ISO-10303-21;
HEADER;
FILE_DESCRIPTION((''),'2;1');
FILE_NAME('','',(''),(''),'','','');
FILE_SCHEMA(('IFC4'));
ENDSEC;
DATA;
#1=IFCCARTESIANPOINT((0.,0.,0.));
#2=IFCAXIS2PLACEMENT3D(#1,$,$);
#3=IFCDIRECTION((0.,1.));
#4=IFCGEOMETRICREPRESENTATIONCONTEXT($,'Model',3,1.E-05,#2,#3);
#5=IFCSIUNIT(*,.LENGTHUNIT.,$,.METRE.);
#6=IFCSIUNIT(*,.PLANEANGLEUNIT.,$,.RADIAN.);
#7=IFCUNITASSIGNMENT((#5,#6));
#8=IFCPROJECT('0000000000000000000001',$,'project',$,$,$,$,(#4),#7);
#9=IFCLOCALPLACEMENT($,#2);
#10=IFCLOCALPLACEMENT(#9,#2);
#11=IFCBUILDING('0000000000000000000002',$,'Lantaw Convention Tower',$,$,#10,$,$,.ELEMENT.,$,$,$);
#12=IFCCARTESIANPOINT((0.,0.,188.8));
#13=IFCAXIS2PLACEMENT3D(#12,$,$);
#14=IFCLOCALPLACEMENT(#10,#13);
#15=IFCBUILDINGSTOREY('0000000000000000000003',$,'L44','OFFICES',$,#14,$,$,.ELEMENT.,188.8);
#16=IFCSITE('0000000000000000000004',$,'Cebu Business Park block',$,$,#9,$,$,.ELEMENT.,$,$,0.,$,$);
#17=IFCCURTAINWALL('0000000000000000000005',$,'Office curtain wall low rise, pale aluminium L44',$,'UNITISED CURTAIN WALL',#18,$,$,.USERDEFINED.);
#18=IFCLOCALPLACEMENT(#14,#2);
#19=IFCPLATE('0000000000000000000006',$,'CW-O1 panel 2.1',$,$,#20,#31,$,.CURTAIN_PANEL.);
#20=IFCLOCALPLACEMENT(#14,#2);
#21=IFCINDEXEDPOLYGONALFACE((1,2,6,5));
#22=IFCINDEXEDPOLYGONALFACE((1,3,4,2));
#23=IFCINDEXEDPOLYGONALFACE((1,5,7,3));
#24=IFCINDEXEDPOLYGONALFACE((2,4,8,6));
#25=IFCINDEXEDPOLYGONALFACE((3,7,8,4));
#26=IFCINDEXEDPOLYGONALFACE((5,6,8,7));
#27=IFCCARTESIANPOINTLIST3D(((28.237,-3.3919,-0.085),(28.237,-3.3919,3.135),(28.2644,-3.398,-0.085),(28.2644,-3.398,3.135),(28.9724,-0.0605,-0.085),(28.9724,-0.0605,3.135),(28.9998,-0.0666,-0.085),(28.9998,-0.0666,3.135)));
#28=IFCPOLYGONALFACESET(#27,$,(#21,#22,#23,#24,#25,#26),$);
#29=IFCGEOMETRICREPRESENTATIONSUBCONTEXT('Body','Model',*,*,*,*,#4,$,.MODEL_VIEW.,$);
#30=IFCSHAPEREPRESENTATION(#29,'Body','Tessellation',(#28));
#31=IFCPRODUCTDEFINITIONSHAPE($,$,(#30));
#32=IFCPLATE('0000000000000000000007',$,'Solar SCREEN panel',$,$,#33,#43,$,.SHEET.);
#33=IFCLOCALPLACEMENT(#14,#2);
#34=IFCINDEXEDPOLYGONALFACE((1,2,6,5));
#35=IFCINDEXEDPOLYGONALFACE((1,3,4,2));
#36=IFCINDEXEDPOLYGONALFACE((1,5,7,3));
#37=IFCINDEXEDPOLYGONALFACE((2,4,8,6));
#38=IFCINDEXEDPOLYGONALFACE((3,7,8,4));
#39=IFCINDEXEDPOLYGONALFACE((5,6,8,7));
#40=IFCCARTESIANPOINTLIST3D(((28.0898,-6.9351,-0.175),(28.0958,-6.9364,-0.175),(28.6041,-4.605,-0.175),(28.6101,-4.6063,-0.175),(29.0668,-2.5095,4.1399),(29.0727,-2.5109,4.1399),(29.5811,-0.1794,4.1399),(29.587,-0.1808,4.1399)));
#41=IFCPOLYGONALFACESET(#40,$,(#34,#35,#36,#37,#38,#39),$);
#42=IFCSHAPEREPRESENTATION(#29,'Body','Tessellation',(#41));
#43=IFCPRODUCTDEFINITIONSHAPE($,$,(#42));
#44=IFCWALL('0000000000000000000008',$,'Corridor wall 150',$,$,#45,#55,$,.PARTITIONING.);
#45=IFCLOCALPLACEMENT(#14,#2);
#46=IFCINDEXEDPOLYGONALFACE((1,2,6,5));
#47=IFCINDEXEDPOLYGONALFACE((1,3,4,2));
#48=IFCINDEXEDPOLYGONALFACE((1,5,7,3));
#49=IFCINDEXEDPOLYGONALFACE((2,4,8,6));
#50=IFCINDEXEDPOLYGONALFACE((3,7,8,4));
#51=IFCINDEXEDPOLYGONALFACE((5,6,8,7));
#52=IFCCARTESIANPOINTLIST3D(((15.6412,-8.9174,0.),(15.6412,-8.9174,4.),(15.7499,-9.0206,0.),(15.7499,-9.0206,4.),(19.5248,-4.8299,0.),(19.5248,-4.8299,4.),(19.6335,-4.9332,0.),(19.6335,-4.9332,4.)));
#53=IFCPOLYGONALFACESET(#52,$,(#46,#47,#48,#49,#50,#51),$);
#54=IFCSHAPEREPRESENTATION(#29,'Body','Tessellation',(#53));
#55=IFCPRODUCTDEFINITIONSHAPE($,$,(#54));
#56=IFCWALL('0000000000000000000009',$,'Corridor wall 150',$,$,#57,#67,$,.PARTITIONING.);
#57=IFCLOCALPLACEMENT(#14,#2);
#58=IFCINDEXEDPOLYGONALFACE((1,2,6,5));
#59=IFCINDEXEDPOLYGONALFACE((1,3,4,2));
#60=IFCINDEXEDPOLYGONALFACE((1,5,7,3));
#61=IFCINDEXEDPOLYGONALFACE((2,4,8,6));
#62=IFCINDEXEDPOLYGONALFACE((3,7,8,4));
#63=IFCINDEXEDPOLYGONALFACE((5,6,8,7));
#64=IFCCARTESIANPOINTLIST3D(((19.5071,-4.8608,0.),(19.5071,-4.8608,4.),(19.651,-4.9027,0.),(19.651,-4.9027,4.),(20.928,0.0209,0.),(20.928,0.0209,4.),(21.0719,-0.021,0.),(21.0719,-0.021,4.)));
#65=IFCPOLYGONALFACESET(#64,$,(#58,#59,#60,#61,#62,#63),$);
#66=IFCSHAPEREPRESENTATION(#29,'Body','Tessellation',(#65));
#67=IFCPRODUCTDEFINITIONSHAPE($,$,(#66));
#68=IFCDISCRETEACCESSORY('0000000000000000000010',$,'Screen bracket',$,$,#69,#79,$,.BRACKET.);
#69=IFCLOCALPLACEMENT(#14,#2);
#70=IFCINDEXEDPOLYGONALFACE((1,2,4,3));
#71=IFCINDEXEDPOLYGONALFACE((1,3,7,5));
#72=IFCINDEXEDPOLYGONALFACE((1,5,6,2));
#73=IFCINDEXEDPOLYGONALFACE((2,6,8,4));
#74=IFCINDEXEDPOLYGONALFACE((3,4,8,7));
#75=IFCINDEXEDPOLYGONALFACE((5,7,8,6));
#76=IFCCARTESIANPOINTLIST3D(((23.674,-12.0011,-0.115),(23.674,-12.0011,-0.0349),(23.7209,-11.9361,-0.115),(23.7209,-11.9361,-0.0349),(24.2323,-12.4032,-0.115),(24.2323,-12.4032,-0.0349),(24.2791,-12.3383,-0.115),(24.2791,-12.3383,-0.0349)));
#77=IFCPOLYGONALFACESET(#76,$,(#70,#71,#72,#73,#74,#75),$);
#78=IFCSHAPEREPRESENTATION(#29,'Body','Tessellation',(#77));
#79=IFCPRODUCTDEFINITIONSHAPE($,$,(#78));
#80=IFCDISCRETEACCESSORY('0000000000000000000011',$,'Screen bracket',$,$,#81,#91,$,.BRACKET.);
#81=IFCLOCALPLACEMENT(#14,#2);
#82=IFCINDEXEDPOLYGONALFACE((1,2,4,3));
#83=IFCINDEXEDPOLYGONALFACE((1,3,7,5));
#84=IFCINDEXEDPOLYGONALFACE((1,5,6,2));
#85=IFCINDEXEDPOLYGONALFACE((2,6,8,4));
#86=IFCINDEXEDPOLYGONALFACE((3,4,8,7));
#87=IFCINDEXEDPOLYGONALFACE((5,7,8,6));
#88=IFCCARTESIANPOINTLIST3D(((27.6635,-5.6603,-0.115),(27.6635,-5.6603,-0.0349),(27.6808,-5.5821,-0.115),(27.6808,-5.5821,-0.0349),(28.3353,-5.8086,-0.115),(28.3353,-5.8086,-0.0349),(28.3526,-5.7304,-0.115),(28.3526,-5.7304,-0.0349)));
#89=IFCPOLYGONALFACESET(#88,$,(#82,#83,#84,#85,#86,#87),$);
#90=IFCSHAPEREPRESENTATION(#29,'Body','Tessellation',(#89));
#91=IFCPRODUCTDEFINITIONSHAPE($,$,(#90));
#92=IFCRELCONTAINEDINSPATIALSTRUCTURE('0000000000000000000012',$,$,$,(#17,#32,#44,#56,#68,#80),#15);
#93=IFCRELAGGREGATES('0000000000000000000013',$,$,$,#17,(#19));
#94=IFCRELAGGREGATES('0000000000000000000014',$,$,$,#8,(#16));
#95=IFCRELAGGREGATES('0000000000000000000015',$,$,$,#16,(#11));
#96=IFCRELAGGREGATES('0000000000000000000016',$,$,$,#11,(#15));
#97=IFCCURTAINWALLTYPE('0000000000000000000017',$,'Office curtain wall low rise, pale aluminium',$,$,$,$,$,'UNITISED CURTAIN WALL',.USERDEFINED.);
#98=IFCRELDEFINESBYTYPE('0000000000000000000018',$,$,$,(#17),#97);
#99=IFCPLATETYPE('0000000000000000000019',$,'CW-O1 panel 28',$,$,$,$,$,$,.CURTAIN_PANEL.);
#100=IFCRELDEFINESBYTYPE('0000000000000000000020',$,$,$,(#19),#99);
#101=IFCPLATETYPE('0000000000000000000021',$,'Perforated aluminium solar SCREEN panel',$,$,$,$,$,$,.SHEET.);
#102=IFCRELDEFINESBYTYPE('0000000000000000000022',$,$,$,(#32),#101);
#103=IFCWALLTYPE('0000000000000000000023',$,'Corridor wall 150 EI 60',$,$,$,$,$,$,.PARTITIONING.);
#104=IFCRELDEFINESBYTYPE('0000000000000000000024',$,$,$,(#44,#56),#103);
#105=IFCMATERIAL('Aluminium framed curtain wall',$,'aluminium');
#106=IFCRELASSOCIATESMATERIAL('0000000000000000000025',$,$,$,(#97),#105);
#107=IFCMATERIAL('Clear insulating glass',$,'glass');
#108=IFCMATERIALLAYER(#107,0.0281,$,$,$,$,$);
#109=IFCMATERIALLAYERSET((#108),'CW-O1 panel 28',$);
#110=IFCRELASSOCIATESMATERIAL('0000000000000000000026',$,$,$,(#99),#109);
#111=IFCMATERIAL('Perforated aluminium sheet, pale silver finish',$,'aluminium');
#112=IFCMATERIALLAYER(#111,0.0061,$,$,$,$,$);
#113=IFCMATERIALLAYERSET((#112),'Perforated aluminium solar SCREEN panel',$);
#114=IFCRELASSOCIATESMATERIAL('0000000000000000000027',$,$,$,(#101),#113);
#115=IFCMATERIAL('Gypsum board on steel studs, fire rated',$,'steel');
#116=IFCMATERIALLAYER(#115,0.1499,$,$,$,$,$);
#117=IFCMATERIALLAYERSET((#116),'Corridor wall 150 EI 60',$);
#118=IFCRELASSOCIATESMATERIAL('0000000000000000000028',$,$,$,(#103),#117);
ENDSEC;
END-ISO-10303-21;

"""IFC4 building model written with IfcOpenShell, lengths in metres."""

from ifc_helpers import new_model, si_unit, direction, frame, frame_2d, origin, origin_2d, place, context, subcontext, project, spatial, polyline, rectangle, outline, extrude, material, layer, layer_set, type_object, element, aggregate, save


model = new_model("IFC4")

# Units and contexts
model_context = context("Model", 3, precision=1e-05, world=origin(), true_north=direction((0.0, 1.0)))
body_context = subcontext(model_context, "Body", "Model", "MODEL_VIEW")
ifc_project = project(units=[si_unit("LENGTHUNIT", "METRE"), si_unit("PLANEANGLEUNIT", "RADIAN")], contexts=[model_context])

# Site, building, storey
site_placement = place(None, origin())
site = spatial("IfcSite", under=ifc_project, at=site_placement, Name="Cebu Business Park block", CompositionType="ELEMENT", RefElevation=0.0)
building_placement = place(site_placement, origin())
building = spatial("IfcBuilding", under=site, at=building_placement, Name="Lantaw Convention Tower", CompositionType="ELEMENT")
storey_placement = place(building_placement, frame((0.0, 0.0, 188.8)))
storey = spatial("IfcBuildingStorey", under=building, at=storey_placement, Name="L44", Description="OFFICES", CompositionType="ELEMENT", Elevation=188.8)

# Curtain wall
ifc_material_1 = material(Name="Aluminium framed curtain wall", Category="aluminium")
curtain_wall_type = type_object("IfcCurtainWallType", Name="Office curtain wall low rise, pale aluminium", ElementType="UNITISED CURTAIN WALL", PredefinedType="USERDEFINED", material=ifc_material_1)
curtain_wall_1_placement = place(storey_placement, origin())
curtain_wall_1 = element("IfcCurtainWall", 1, at=curtain_wall_1_placement, inside=storey, type_object=curtain_wall_type, Name="Office curtain wall low rise, pale aluminium L44", ObjectType="UNITISED CURTAIN WALL", PredefinedType="USERDEFINED")

# Plates
ifc_material_2 = material(Name="Clear insulating glass", Category="glass")
ifc_layer_1 = layer(ifc_material_2, 0.0281)
ifc_layer_set_1 = layer_set([ifc_layer_1], Name="CW-O1 panel 28")
plate_type_1 = type_object("IfcPlateType", Name="CW-O1 panel 28", PredefinedType="CURTAIN_PANEL", material=ifc_layer_set_1)
plate_1_placement = place(storey_placement, frame((28.6184, -1.7292, -0.085), z_axis=(0.0, 0.0, 1.0), x_axis=(0.215546, 0.976494, 0.0)))
plate_1 = element("IfcPlate", 2, at=plate_1_placement, type_object=plate_type_1, Name="CW-O1 panel 2.1", PredefinedType="CURTAIN_PANEL", context=body_context, shape_type="SweptSolid", body=[
    extrude(rectangle(XDim=3.4116, YDim=0.0281, at=origin_2d()), origin(), (0.0, 0.0, 1.0), 3.22),
])
aggregate(curtain_wall_1, [plate_1])
ifc_material_3 = material(Name="Perforated aluminium sheet, pale silver finish", Category="aluminium")
ifc_layer_2 = layer(ifc_material_3, 0.0061)
ifc_layer_set_2 = layer_set([ifc_layer_2], Name="Perforated aluminium solar SCREEN panel")
plate_type_2 = type_object("IfcPlateType", Name="Perforated aluminium solar SCREEN panel", PredefinedType="SHEET", material=ifc_layer_set_2)
plate_2_placement = place(storey_placement, frame((28.0898, -6.9351, -0.175), z_axis=(-0.976498, 0.215527, 0.000034), x_axis=(0.215527, 0.976498, 0.0)))
element("IfcPlate", 3, at=plate_2_placement, inside=storey, type_object=plate_type_2, Name="Solar SCREEN panel", PredefinedType="SHEET", context=body_context, shape_type="SweptSolid", body=[
    extrude(outline(polyline([(0.0, 0.0), (2.3861, 0.0), (6.9182, -4.3149), (4.5321, -4.3149), (0.0, 0.0)])), origin(), (0.0, 0.0, -1.0), 0.0061),
])

# Walls
ifc_material_4 = material(Name="Gypsum board on steel studs, fire rated", Category="steel")
ifc_layer_3 = layer(ifc_material_4, 0.1499)
ifc_layer_set_3 = layer_set([ifc_layer_3], Name="Corridor wall 150 EI 60")
wall_type = type_object("IfcWallType", Name="Corridor wall 150 EI 60", PredefinedType="PARTITIONING", material=ifc_layer_set_3)
wall_1_placement = place(storey_placement, frame((15.6956, -8.969, 0.0), z_axis=(0.0, 0.0, 1.0), x_axis=(0.688797, 0.724954, 0.0)))
element("IfcWall", 4, at=wall_1_placement, inside=storey, type_object=wall_type, Name="Corridor wall 150", PredefinedType="PARTITIONING", context=body_context, shape_type="SweptSolid", body=[
    extrude(rectangle(XDim=5.6382, YDim=0.1499, at=frame_2d((2.8191, 0.0))), origin(), (0.0, 0.0, 1.0), 4.0),
])
wall_2_placement = place(storey_placement, frame((19.5791, -4.8816, 0.0), z_axis=(0.0, 0.0, 1.0), x_axis=(0.279474, 0.960153, 0.0)))
element("IfcWall", 5, at=wall_2_placement, inside=storey, type_object=wall_type, Name="Corridor wall 150", PredefinedType="PARTITIONING", context=body_context, shape_type="SweptSolid", body=[
    extrude(rectangle(XDim=5.0842, YDim=0.1499, at=frame_2d((2.542, 0.0))), origin(), (0.0, 0.0, 1.0), 4.0),
])

# Discrete accessories
for number, where, z_axis, x_axis, name in (
    (6, (23.9766, -12.1697, -0.115), (0.0, 0.0, 1.0), (0.584513, 0.811385, 0.0), "Screen bracket"),
    (7, (28.0081, -5.6953, -0.115), (0.0, 0.0, 1.0), (0.215546, 0.976494, 0.0), "Screen bracket"),
):
    element("IfcDiscreteAccessory", number, at=place(storey_placement, frame(where, z_axis=z_axis, x_axis=x_axis)), inside=storey, Name=name, PredefinedType="BRACKET", context=body_context, shape_type="SweptSolid", body=[
        extrude(rectangle(XDim=0.0801, YDim=0.688, at=origin_2d()), origin(), (0.0, 0.0, 1.0), 0.0801),
    ])

save(model, "model.ifc")
